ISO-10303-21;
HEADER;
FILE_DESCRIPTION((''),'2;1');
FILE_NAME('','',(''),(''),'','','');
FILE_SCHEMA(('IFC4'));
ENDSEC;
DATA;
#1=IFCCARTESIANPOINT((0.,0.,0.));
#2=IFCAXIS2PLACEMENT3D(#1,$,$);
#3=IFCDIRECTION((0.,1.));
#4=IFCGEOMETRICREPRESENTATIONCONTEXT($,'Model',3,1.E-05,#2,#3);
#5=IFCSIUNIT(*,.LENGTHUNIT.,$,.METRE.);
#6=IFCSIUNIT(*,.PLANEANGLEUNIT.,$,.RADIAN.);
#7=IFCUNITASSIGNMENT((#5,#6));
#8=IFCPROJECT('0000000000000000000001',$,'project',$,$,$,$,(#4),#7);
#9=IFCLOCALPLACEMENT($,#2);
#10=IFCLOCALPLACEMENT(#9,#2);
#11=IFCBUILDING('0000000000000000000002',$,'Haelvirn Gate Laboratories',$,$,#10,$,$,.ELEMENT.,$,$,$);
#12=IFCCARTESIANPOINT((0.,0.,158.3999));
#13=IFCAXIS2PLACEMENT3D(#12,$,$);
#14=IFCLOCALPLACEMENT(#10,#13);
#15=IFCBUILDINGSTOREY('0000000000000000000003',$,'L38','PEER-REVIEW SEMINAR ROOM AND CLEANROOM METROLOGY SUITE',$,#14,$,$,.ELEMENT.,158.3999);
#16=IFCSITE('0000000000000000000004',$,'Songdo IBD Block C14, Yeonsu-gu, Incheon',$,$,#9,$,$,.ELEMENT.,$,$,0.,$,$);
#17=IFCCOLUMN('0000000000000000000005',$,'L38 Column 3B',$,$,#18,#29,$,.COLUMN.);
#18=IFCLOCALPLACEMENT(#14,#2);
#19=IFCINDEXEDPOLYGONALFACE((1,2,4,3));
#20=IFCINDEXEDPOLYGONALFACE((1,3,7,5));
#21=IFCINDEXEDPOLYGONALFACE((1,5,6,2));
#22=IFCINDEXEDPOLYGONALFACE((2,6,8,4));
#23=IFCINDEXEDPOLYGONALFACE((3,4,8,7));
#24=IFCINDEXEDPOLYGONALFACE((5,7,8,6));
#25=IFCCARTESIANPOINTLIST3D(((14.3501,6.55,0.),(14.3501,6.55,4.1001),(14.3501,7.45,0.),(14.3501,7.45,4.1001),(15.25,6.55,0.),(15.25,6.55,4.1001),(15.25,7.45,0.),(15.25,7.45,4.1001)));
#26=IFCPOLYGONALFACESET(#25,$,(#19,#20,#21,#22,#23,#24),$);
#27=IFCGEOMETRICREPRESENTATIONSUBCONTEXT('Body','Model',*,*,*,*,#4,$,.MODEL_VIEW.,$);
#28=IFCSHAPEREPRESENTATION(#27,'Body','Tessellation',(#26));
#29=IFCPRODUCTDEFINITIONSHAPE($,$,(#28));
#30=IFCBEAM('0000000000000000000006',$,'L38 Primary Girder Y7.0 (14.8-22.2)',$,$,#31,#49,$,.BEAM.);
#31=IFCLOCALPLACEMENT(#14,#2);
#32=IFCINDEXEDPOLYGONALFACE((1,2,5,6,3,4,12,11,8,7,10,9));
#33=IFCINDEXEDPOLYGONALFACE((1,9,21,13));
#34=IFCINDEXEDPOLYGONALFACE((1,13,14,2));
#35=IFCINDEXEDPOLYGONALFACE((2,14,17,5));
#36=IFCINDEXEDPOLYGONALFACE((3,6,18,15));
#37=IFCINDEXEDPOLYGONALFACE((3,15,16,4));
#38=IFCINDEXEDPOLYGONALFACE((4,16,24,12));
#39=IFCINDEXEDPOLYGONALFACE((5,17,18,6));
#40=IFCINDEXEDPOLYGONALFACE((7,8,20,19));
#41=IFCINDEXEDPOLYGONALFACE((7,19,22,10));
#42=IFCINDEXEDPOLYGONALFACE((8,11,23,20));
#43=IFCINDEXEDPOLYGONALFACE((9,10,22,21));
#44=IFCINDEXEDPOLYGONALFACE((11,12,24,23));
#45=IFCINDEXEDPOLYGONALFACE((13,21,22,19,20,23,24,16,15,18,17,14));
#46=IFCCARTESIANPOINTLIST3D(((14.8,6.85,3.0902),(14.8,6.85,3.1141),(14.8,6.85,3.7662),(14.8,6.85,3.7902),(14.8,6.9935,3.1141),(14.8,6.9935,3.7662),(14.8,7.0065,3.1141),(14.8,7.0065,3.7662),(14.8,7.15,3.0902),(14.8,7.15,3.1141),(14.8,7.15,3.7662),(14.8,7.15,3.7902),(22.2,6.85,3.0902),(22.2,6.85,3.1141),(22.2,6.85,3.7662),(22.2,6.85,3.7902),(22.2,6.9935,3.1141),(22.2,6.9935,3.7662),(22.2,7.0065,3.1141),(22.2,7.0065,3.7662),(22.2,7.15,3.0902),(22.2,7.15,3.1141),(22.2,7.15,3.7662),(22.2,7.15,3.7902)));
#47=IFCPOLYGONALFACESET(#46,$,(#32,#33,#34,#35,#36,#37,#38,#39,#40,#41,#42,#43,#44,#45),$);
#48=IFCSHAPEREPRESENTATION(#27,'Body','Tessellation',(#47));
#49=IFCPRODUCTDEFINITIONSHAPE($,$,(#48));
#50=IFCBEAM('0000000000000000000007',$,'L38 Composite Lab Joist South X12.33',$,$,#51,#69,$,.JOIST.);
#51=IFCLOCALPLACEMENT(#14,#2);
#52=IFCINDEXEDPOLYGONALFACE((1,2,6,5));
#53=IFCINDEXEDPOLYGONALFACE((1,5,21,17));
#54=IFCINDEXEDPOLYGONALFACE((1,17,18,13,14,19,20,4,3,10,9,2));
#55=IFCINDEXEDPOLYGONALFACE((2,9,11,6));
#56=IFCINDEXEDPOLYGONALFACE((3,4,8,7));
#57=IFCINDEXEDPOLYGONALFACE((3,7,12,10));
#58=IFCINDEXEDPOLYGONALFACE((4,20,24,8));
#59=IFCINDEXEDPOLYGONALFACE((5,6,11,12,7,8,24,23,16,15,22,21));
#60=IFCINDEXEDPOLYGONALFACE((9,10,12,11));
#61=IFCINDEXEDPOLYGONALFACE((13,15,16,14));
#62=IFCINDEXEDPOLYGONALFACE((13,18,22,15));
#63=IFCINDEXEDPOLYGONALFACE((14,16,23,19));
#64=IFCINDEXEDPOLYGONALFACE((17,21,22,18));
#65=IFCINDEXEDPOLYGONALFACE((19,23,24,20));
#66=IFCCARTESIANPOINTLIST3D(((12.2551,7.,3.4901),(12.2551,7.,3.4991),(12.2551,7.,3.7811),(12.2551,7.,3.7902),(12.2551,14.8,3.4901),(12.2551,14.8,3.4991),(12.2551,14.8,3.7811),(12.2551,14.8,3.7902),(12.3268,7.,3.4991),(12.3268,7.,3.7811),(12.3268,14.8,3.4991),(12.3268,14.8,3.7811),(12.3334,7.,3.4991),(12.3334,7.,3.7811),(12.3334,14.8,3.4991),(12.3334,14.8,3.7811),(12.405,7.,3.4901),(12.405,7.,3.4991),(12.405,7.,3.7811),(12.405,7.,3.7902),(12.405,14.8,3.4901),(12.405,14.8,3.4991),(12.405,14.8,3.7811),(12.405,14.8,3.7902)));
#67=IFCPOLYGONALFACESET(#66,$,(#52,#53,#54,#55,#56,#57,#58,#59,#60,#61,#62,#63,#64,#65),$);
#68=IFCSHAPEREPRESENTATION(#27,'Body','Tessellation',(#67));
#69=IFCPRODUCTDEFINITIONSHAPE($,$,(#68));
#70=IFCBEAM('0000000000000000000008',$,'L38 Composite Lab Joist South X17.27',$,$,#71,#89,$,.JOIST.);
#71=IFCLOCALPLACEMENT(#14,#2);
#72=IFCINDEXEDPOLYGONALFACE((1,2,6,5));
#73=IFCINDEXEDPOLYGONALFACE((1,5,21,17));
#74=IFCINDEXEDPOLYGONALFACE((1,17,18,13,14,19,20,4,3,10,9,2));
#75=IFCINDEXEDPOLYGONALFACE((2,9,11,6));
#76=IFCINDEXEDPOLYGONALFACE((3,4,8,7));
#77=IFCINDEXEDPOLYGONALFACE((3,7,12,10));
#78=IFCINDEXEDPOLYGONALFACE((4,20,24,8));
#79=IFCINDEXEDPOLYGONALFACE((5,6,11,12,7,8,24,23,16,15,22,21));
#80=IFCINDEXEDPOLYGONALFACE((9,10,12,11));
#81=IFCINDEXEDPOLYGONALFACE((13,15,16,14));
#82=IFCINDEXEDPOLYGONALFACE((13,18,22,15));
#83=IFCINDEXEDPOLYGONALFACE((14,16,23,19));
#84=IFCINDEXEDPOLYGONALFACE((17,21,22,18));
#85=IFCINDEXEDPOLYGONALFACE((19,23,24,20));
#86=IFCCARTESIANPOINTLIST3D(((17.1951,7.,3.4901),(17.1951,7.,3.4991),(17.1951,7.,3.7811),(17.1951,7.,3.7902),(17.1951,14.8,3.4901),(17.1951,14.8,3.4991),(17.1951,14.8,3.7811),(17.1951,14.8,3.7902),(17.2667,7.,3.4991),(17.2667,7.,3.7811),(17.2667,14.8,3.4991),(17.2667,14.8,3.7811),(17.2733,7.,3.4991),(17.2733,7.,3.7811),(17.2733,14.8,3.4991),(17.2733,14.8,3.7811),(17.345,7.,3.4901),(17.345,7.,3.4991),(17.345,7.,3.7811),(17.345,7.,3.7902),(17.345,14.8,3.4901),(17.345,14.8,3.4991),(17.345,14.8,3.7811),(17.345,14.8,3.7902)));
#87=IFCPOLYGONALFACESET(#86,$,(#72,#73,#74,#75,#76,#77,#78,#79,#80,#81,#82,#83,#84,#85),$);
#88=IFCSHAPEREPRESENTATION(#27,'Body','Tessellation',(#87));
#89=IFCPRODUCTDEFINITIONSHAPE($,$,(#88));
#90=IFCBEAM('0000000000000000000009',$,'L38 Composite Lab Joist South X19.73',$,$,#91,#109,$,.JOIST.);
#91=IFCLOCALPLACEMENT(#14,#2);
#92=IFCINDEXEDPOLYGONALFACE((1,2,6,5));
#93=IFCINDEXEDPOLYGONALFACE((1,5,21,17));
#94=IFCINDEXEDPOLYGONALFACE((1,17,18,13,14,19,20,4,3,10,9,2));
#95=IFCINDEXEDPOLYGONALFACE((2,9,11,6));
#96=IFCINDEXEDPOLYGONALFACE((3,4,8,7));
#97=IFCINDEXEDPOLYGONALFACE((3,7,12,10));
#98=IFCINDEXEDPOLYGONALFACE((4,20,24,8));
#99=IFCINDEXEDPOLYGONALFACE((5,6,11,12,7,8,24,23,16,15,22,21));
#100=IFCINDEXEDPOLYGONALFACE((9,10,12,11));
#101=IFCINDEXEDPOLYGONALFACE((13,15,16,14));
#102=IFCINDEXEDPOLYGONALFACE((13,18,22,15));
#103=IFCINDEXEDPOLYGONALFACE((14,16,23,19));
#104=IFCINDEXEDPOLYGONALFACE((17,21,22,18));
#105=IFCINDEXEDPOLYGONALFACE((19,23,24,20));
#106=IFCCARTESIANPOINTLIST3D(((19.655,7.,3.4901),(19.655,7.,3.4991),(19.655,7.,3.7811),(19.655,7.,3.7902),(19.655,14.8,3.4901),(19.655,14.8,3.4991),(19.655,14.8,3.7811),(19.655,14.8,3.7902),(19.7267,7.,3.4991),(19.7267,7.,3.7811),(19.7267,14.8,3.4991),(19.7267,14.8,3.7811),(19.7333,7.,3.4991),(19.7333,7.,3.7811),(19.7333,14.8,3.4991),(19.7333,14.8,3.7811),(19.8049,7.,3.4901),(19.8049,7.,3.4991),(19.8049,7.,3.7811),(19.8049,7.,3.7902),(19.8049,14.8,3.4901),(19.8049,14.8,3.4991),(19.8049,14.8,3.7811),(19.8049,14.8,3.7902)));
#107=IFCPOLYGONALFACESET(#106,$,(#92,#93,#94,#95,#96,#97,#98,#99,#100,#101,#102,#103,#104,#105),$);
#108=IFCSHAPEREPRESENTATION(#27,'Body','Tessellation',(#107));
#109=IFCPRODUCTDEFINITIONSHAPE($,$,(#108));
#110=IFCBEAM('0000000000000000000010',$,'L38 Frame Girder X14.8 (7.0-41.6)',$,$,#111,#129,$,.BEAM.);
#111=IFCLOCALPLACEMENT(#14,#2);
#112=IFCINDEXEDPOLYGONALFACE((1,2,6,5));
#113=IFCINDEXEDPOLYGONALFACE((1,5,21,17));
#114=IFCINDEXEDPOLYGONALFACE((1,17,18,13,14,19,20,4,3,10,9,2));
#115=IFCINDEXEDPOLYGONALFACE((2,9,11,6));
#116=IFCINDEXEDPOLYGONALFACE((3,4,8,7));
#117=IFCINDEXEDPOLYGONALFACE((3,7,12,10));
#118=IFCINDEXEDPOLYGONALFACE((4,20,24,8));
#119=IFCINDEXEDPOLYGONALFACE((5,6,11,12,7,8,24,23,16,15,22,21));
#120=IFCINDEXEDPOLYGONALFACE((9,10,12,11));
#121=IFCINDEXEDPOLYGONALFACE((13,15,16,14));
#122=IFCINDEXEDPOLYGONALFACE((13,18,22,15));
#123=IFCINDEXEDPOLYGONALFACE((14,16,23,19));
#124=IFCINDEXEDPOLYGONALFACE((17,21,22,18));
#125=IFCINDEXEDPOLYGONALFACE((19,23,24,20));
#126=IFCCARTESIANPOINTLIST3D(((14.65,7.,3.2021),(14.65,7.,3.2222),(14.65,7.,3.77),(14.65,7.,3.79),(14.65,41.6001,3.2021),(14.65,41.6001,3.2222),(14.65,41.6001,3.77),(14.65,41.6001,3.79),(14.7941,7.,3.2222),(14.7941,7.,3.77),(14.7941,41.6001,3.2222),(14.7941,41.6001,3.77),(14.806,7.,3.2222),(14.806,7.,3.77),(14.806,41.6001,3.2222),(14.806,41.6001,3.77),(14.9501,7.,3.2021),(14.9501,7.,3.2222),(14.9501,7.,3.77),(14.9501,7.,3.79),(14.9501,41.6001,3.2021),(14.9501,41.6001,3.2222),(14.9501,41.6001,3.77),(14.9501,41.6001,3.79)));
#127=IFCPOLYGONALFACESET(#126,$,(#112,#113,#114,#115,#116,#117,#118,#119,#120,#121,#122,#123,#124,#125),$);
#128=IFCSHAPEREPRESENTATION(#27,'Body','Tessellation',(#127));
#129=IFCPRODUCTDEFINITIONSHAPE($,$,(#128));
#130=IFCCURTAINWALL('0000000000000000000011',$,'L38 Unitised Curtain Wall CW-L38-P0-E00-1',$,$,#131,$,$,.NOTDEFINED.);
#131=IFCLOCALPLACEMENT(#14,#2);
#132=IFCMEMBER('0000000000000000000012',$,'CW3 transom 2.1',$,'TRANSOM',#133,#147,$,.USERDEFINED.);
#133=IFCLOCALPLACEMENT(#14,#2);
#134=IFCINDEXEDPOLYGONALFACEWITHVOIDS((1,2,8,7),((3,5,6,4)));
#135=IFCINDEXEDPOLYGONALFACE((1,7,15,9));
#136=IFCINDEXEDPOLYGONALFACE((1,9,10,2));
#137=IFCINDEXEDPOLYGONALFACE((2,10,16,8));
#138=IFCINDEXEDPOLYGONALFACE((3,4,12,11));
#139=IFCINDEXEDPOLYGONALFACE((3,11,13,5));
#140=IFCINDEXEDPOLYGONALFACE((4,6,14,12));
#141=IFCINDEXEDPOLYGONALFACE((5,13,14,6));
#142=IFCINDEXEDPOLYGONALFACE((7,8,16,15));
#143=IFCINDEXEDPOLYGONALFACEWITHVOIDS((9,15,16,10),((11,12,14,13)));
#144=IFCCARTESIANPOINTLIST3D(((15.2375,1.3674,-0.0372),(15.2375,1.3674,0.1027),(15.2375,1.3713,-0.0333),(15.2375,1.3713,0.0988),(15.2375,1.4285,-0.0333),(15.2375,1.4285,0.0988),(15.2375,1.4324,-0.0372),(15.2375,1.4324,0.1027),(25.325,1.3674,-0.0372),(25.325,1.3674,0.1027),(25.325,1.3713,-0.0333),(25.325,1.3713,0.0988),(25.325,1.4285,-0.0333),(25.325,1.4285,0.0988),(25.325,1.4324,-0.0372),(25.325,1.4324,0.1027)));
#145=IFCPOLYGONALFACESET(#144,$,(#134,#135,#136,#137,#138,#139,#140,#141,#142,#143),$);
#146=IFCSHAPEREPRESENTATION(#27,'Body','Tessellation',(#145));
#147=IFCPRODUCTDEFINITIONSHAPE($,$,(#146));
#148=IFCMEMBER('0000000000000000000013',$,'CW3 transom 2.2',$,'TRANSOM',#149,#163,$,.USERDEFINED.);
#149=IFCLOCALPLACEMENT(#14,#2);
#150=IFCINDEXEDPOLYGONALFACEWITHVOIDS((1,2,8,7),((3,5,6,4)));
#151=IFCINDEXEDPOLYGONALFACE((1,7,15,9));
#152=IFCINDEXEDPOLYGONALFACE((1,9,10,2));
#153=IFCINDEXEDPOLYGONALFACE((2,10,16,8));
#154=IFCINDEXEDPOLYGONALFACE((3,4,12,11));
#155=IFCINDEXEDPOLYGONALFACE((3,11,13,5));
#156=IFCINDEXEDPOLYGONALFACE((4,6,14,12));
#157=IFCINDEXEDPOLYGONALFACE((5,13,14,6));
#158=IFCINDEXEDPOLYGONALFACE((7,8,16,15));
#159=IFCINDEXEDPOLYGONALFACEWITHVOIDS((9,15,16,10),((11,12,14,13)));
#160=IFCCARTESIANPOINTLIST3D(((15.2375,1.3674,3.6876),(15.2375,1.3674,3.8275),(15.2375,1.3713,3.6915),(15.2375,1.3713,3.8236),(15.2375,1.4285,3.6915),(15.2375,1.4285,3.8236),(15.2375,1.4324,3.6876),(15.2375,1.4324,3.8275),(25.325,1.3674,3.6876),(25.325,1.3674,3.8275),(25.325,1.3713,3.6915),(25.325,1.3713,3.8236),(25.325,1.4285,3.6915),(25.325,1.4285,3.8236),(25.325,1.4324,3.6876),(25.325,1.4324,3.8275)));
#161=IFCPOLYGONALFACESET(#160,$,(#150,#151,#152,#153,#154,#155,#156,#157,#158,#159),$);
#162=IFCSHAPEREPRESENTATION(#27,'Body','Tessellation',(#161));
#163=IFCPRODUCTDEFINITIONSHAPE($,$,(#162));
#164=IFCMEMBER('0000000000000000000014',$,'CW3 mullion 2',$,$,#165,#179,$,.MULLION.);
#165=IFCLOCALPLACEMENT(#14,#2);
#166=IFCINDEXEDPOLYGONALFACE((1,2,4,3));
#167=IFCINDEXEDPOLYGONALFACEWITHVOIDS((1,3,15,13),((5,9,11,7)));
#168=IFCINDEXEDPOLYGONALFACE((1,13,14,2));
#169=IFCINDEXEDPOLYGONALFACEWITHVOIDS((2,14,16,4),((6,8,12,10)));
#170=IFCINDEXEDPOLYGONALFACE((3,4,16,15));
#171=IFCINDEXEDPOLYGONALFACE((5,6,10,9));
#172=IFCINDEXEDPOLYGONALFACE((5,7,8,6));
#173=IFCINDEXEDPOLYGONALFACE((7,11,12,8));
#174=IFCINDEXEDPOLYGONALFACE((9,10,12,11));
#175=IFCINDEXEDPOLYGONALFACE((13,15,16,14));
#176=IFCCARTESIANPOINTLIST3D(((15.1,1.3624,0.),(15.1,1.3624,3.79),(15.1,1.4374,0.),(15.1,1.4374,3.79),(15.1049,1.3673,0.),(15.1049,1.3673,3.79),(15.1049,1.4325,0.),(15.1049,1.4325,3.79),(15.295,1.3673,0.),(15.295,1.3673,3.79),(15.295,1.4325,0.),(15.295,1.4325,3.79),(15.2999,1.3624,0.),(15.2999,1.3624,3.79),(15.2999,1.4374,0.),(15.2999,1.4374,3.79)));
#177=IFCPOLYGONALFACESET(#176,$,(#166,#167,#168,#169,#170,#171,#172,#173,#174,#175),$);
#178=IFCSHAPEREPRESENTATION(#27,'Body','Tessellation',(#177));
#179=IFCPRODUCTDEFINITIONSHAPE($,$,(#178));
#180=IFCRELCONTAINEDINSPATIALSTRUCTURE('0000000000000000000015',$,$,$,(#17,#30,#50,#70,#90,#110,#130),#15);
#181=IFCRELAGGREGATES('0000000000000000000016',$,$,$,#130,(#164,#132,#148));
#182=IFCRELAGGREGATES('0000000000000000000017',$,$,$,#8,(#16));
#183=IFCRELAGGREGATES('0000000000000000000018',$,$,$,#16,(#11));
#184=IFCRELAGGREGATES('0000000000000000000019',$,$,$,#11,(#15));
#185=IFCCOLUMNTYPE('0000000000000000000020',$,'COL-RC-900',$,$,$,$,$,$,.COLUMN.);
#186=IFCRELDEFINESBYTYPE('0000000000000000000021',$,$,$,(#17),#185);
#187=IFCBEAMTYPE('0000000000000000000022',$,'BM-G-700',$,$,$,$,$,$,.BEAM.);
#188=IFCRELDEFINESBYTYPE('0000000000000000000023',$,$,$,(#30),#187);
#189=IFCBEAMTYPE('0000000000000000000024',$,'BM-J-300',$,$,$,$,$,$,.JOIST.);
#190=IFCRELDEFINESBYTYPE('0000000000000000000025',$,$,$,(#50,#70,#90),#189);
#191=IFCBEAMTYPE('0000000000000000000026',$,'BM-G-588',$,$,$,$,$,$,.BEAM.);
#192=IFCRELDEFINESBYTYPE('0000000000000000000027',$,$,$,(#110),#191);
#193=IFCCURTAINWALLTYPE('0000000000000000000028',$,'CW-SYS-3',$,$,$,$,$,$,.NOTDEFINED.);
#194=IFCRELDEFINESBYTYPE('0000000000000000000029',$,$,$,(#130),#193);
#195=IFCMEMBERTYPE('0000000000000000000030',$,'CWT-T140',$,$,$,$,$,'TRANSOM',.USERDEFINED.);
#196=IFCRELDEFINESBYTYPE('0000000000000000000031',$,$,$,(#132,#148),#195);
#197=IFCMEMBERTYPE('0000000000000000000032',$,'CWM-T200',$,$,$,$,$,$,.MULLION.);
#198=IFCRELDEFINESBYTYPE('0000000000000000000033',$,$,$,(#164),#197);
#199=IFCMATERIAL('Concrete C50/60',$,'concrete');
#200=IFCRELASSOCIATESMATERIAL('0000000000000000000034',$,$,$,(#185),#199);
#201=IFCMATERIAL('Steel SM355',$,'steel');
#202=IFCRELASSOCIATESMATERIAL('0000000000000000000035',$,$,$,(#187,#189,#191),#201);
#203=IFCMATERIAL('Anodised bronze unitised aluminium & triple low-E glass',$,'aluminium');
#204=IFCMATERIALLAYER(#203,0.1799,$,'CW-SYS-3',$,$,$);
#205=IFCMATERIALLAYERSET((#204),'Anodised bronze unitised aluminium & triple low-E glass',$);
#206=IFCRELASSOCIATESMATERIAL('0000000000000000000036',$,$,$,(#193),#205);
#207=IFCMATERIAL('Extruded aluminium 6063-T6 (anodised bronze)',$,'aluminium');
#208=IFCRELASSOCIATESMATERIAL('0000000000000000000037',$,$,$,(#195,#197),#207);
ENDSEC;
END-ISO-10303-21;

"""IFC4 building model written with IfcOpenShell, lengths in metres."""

from ifc_helpers import new_model, si_unit, direction, frame, origin, origin_2d, place, context, subcontext, project, spatial, rectangle, hollow_rectangle, i_section, extrude, source, transform, mapped, material, layer, layer_set, material_profile, profile_set, type_object, type_shapes, element, aggregate, save


model = new_model("IFC4")

# Units and contexts
model_context = context("Model", 3, precision=1e-05, world=origin(), true_north=direction((0.0, 1.0)))
body_context = subcontext(model_context, "Body", "Model", "MODEL_VIEW")
ifc_project = project(units=[si_unit("LENGTHUNIT", "METRE"), si_unit("PLANEANGLEUNIT", "RADIAN")], contexts=[model_context])

# Site, building, storey
site_placement = place(None, origin())
site = spatial("IfcSite", under=ifc_project, at=site_placement, Name="Songdo IBD Block C14, Yeonsu-gu, Incheon", CompositionType="ELEMENT", RefElevation=0.0)
building_placement = place(site_placement, origin())
building = spatial("IfcBuilding", under=site, at=building_placement, Name="Haelvirn Gate Laboratories", CompositionType="ELEMENT")
storey_placement = place(building_placement, frame((0.0, 0.0, 158.3999)))
storey = spatial("IfcBuildingStorey", under=building, at=storey_placement, Name="L38", Description="PEER-REVIEW SEMINAR ROOM AND CLEANROOM METROLOGY SUITE", CompositionType="ELEMENT", Elevation=158.3999)

# Column
ifc_material_1 = material(Name="Concrete C50/60", Category="concrete")
ifc_material_profile_1 = material_profile(ifc_material_1, rectangle(XDim=0.8999, YDim=0.8999, at=origin_2d()), Name="RC-900x900")
ifc_profile_set_1 = profile_set([ifc_material_profile_1], Name="Concrete C50/60")
column_type = type_object("IfcColumnType", Name="COL-RC-900", PredefinedType="COLUMN", material=ifc_profile_set_1)
shared_shape_1 = source(origin(), body_context, "Body", "SweptSolid", [
    extrude(rectangle(XDim=0.8999, YDim=0.8999, at=origin_2d()), origin(), (0.0, 0.0, 1.0), 4.1001),
])
type_shapes(column_type, [shared_shape_1])
column_placement = place(storey_placement, frame((14.8, 7.0, 0.0), z_axis=(0.0, 0.0, 1.0), x_axis=(1.0, 0.0, 0.0)))
element("IfcColumn", 1, at=column_placement, inside=storey, type_object=column_type, Name="L38 Column 3B", PredefinedType="COLUMN", context=body_context, shape_type="MappedRepresentation", body=[
    mapped(shared_shape_1, transform((0.0, 0.0, 0.0), scale=1.0)),
])

# Beams
ifc_material_2 = material(Name="Steel SM355", Category="steel")
ifc_material_profile_2 = material_profile(ifc_material_2, i_section(OverallWidth=0.3, OverallDepth=0.7, WebThickness=0.0129, FlangeThickness=0.0239, at=origin_2d()), Name="H-700x300x13x24")
ifc_profile_set_2 = profile_set([ifc_material_profile_2], Name="Steel SM355")
beam_type_1 = type_object("IfcBeamType", Name="BM-G-700", PredefinedType="BEAM", material=ifc_profile_set_2)
shared_shape_2 = source(origin(), body_context, "Body", "SweptSolid", [
    extrude(i_section(OverallWidth=0.3, OverallDepth=0.7, WebThickness=0.0129, FlangeThickness=0.0239, at=origin_2d()), origin(), (0.0, 0.0, 1.0), 7.3999),
])
type_shapes(beam_type_1, [shared_shape_2])
beam_1_placement = place(storey_placement, frame((14.8, 7.0, 3.4402), z_axis=(1.0, 0.0, 0.0), x_axis=(0.0, 1.0, 0.0)))
element("IfcBeam", 2, at=beam_1_placement, inside=storey, type_object=beam_type_1, Name="L38 Primary Girder Y7.0 (14.8-22.2)", PredefinedType="BEAM", context=body_context, shape_type="MappedRepresentation", body=[
    mapped(shared_shape_2, transform((0.0, 0.0, 0.0), scale=1.0)),
])
ifc_material_profile_3 = material_profile(ifc_material_2, i_section(OverallWidth=0.1499, OverallDepth=0.3, WebThickness=0.0066, FlangeThickness=0.009, at=origin_2d()), Name="H-300x150x6.5x9")
ifc_profile_set_3 = profile_set([ifc_material_profile_3], Name="Steel SM355")
beam_type_2 = type_object("IfcBeamType", Name="BM-J-300", PredefinedType="JOIST", material=ifc_profile_set_3)
shared_shape_3 = source(origin(), body_context, "Body", "SweptSolid", [
    extrude(i_section(OverallWidth=0.1499, OverallDepth=0.3, WebThickness=0.0066, FlangeThickness=0.009, at=origin_2d()), origin(), (0.0, 0.0, 1.0), 7.8),
])
type_shapes(beam_type_2, [shared_shape_3])
for number, where, z_axis, x_axis, name in (
    (3, (12.3301, 7.0, 3.6401), (0.0, 1.0, 0.0), (-1.0, 0.0, 0.0), "L38 Composite Lab Joist South X12.33"),
    (4, (17.27, 7.0, 3.6401), (0.0, 1.0, 0.0), (-1.0, 0.0, 0.0), "L38 Composite Lab Joist South X17.27"),
    (5, (19.73, 7.0, 3.6401), (0.0, 1.0, 0.0), (-1.0, 0.0, 0.0), "L38 Composite Lab Joist South X19.73"),
):
    element("IfcBeam", number, at=place(storey_placement, frame(where, z_axis=z_axis, x_axis=x_axis)), inside=storey, type_object=beam_type_2, Name=name, PredefinedType="JOIST", context=body_context, shape_type="MappedRepresentation", body=[
        mapped(shared_shape_3, transform((0.0, 0.0, 0.0), scale=1.0)),
    ])
ifc_material_profile_4 = material_profile(ifc_material_2, i_section(OverallWidth=0.3, OverallDepth=0.5879, WebThickness=0.012, FlangeThickness=0.02, at=origin_2d()), Name="H-588x300x12x20")
ifc_profile_set_4 = profile_set([ifc_material_profile_4], Name="Steel SM355")
beam_type_3 = type_object("IfcBeamType", Name="BM-G-588", PredefinedType="BEAM", material=ifc_profile_set_4)
shared_shape_4 = source(origin(), body_context, "Body", "SweptSolid", [
    extrude(i_section(OverallWidth=0.3, OverallDepth=0.5879, WebThickness=0.012, FlangeThickness=0.02, at=origin_2d()), origin(), (0.0, 0.0, 1.0), 34.6001),
])
type_shapes(beam_type_3, [shared_shape_4])
beam_2_placement = place(storey_placement, frame((14.8, 7.0, 3.4961), z_axis=(0.0, 1.0, 0.0), x_axis=(-1.0, 0.0, 0.0)))
element("IfcBeam", 6, at=beam_2_placement, inside=storey, type_object=beam_type_3, Name="L38 Frame Girder X14.8 (7.0-41.6)", PredefinedType="BEAM", context=body_context, shape_type="MappedRepresentation", body=[
    mapped(shared_shape_4, transform((0.0, 0.0, 0.0), scale=1.0)),
])

# Curtain wall, members
ifc_material_3 = material(Name="Anodised bronze unitised aluminium & triple low-E glass", Category="aluminium")
ifc_layer_1 = layer(ifc_material_3, 0.1799, Name="CW-SYS-3")
ifc_layer_set_1 = layer_set([ifc_layer_1], Name="Anodised bronze unitised aluminium & triple low-E glass")
curtain_wall_type = type_object("IfcCurtainWallType", Name="CW-SYS-3", PredefinedType="NOTDEFINED", material=ifc_layer_set_1)
curtain_wall_placement = place(storey_placement, origin())
curtain_wall = element("IfcCurtainWall", 7, at=curtain_wall_placement, inside=storey, type_object=curtain_wall_type, Name="L38 Unitised Curtain Wall CW-L38-P0-E00-1", PredefinedType="NOTDEFINED")
ifc_material_4 = material(Name="Extruded aluminium 6063-T6 (anodised bronze)", Category="aluminium")
ifc_material_profile_5 = material_profile(ifc_material_4, hollow_rectangle(XDim=0.0649, YDim=0.1399, WallThickness=0.0039, at=origin_2d()), Name="CWT-140x65x4")
ifc_profile_set_5 = profile_set([ifc_material_profile_5], Name="Extruded aluminium 6063-T6 (anodised bronze)")
member_type_1 = type_object("IfcMemberType", Name="CWT-T140", ElementType="TRANSOM", PredefinedType="USERDEFINED", material=ifc_profile_set_5)
shared_shape_5 = source(origin(), body_context, "Body", "SweptSolid", [
    extrude(hollow_rectangle(XDim=0.0649, YDim=0.1399, WallThickness=0.0039, at=origin_2d()), origin(), (0.0, 0.0, 1.0), 10.0874),
])
type_shapes(member_type_1, [shared_shape_5])
member_1_placement = place(storey_placement, frame((15.2375, 1.3999, 0.0327), z_axis=(1.0, 0.0, 0.0), x_axis=(0.0, 1.0, 0.0)))
member_1 = element("IfcMember", 8, at=member_1_placement, type_object=member_type_1, Name="CW3 transom 2.1", ObjectType="TRANSOM", PredefinedType="USERDEFINED", context=body_context, shape_type="MappedRepresentation", body=[
    mapped(shared_shape_5, transform((0.0, 0.0, 0.0), scale=1.0)),
])
member_2_placement = place(storey_placement, frame((15.2375, 1.3999, 3.7576), z_axis=(1.0, 0.0, 0.0), x_axis=(0.0, 1.0, 0.0)))
member_2 = element("IfcMember", 9, at=member_2_placement, type_object=member_type_1, Name="CW3 transom 2.2", ObjectType="TRANSOM", PredefinedType="USERDEFINED", context=body_context, shape_type="MappedRepresentation", body=[
    mapped(shared_shape_5, transform((0.0, 0.0, 0.0), scale=1.0)),
])
ifc_material_profile_6 = material_profile(ifc_material_4, hollow_rectangle(XDim=0.075, YDim=0.2, WallThickness=0.0049, at=origin_2d()), Name="CWM-200x75x5")
ifc_profile_set_6 = profile_set([ifc_material_profile_6], Name="Extruded aluminium 6063-T6 (anodised bronze)")
member_type_2 = type_object("IfcMemberType", Name="CWM-T200", PredefinedType="MULLION", material=ifc_profile_set_6)
shared_shape_6 = source(origin(), body_context, "Body", "SweptSolid", [
    extrude(hollow_rectangle(XDim=0.075, YDim=0.2, WallThickness=0.0049, at=origin_2d()), origin(), (0.0, 0.0, 1.0), 3.79),
])
type_shapes(member_type_2, [shared_shape_6])
member_3_placement = place(storey_placement, frame((15.2, 1.3999, 0.0), z_axis=(0.0, 0.0, 1.0), x_axis=(0.0, 1.0, 0.0)))
member_3 = element("IfcMember", 10, at=member_3_placement, type_object=member_type_2, Name="CW3 mullion 2", PredefinedType="MULLION", context=body_context, shape_type="MappedRepresentation", body=[
    mapped(shared_shape_6, transform((0.0, 0.0, 0.0), scale=1.0)),
])
aggregate(curtain_wall, [member_3, member_1, member_2])

save(model, "model.ifc")
